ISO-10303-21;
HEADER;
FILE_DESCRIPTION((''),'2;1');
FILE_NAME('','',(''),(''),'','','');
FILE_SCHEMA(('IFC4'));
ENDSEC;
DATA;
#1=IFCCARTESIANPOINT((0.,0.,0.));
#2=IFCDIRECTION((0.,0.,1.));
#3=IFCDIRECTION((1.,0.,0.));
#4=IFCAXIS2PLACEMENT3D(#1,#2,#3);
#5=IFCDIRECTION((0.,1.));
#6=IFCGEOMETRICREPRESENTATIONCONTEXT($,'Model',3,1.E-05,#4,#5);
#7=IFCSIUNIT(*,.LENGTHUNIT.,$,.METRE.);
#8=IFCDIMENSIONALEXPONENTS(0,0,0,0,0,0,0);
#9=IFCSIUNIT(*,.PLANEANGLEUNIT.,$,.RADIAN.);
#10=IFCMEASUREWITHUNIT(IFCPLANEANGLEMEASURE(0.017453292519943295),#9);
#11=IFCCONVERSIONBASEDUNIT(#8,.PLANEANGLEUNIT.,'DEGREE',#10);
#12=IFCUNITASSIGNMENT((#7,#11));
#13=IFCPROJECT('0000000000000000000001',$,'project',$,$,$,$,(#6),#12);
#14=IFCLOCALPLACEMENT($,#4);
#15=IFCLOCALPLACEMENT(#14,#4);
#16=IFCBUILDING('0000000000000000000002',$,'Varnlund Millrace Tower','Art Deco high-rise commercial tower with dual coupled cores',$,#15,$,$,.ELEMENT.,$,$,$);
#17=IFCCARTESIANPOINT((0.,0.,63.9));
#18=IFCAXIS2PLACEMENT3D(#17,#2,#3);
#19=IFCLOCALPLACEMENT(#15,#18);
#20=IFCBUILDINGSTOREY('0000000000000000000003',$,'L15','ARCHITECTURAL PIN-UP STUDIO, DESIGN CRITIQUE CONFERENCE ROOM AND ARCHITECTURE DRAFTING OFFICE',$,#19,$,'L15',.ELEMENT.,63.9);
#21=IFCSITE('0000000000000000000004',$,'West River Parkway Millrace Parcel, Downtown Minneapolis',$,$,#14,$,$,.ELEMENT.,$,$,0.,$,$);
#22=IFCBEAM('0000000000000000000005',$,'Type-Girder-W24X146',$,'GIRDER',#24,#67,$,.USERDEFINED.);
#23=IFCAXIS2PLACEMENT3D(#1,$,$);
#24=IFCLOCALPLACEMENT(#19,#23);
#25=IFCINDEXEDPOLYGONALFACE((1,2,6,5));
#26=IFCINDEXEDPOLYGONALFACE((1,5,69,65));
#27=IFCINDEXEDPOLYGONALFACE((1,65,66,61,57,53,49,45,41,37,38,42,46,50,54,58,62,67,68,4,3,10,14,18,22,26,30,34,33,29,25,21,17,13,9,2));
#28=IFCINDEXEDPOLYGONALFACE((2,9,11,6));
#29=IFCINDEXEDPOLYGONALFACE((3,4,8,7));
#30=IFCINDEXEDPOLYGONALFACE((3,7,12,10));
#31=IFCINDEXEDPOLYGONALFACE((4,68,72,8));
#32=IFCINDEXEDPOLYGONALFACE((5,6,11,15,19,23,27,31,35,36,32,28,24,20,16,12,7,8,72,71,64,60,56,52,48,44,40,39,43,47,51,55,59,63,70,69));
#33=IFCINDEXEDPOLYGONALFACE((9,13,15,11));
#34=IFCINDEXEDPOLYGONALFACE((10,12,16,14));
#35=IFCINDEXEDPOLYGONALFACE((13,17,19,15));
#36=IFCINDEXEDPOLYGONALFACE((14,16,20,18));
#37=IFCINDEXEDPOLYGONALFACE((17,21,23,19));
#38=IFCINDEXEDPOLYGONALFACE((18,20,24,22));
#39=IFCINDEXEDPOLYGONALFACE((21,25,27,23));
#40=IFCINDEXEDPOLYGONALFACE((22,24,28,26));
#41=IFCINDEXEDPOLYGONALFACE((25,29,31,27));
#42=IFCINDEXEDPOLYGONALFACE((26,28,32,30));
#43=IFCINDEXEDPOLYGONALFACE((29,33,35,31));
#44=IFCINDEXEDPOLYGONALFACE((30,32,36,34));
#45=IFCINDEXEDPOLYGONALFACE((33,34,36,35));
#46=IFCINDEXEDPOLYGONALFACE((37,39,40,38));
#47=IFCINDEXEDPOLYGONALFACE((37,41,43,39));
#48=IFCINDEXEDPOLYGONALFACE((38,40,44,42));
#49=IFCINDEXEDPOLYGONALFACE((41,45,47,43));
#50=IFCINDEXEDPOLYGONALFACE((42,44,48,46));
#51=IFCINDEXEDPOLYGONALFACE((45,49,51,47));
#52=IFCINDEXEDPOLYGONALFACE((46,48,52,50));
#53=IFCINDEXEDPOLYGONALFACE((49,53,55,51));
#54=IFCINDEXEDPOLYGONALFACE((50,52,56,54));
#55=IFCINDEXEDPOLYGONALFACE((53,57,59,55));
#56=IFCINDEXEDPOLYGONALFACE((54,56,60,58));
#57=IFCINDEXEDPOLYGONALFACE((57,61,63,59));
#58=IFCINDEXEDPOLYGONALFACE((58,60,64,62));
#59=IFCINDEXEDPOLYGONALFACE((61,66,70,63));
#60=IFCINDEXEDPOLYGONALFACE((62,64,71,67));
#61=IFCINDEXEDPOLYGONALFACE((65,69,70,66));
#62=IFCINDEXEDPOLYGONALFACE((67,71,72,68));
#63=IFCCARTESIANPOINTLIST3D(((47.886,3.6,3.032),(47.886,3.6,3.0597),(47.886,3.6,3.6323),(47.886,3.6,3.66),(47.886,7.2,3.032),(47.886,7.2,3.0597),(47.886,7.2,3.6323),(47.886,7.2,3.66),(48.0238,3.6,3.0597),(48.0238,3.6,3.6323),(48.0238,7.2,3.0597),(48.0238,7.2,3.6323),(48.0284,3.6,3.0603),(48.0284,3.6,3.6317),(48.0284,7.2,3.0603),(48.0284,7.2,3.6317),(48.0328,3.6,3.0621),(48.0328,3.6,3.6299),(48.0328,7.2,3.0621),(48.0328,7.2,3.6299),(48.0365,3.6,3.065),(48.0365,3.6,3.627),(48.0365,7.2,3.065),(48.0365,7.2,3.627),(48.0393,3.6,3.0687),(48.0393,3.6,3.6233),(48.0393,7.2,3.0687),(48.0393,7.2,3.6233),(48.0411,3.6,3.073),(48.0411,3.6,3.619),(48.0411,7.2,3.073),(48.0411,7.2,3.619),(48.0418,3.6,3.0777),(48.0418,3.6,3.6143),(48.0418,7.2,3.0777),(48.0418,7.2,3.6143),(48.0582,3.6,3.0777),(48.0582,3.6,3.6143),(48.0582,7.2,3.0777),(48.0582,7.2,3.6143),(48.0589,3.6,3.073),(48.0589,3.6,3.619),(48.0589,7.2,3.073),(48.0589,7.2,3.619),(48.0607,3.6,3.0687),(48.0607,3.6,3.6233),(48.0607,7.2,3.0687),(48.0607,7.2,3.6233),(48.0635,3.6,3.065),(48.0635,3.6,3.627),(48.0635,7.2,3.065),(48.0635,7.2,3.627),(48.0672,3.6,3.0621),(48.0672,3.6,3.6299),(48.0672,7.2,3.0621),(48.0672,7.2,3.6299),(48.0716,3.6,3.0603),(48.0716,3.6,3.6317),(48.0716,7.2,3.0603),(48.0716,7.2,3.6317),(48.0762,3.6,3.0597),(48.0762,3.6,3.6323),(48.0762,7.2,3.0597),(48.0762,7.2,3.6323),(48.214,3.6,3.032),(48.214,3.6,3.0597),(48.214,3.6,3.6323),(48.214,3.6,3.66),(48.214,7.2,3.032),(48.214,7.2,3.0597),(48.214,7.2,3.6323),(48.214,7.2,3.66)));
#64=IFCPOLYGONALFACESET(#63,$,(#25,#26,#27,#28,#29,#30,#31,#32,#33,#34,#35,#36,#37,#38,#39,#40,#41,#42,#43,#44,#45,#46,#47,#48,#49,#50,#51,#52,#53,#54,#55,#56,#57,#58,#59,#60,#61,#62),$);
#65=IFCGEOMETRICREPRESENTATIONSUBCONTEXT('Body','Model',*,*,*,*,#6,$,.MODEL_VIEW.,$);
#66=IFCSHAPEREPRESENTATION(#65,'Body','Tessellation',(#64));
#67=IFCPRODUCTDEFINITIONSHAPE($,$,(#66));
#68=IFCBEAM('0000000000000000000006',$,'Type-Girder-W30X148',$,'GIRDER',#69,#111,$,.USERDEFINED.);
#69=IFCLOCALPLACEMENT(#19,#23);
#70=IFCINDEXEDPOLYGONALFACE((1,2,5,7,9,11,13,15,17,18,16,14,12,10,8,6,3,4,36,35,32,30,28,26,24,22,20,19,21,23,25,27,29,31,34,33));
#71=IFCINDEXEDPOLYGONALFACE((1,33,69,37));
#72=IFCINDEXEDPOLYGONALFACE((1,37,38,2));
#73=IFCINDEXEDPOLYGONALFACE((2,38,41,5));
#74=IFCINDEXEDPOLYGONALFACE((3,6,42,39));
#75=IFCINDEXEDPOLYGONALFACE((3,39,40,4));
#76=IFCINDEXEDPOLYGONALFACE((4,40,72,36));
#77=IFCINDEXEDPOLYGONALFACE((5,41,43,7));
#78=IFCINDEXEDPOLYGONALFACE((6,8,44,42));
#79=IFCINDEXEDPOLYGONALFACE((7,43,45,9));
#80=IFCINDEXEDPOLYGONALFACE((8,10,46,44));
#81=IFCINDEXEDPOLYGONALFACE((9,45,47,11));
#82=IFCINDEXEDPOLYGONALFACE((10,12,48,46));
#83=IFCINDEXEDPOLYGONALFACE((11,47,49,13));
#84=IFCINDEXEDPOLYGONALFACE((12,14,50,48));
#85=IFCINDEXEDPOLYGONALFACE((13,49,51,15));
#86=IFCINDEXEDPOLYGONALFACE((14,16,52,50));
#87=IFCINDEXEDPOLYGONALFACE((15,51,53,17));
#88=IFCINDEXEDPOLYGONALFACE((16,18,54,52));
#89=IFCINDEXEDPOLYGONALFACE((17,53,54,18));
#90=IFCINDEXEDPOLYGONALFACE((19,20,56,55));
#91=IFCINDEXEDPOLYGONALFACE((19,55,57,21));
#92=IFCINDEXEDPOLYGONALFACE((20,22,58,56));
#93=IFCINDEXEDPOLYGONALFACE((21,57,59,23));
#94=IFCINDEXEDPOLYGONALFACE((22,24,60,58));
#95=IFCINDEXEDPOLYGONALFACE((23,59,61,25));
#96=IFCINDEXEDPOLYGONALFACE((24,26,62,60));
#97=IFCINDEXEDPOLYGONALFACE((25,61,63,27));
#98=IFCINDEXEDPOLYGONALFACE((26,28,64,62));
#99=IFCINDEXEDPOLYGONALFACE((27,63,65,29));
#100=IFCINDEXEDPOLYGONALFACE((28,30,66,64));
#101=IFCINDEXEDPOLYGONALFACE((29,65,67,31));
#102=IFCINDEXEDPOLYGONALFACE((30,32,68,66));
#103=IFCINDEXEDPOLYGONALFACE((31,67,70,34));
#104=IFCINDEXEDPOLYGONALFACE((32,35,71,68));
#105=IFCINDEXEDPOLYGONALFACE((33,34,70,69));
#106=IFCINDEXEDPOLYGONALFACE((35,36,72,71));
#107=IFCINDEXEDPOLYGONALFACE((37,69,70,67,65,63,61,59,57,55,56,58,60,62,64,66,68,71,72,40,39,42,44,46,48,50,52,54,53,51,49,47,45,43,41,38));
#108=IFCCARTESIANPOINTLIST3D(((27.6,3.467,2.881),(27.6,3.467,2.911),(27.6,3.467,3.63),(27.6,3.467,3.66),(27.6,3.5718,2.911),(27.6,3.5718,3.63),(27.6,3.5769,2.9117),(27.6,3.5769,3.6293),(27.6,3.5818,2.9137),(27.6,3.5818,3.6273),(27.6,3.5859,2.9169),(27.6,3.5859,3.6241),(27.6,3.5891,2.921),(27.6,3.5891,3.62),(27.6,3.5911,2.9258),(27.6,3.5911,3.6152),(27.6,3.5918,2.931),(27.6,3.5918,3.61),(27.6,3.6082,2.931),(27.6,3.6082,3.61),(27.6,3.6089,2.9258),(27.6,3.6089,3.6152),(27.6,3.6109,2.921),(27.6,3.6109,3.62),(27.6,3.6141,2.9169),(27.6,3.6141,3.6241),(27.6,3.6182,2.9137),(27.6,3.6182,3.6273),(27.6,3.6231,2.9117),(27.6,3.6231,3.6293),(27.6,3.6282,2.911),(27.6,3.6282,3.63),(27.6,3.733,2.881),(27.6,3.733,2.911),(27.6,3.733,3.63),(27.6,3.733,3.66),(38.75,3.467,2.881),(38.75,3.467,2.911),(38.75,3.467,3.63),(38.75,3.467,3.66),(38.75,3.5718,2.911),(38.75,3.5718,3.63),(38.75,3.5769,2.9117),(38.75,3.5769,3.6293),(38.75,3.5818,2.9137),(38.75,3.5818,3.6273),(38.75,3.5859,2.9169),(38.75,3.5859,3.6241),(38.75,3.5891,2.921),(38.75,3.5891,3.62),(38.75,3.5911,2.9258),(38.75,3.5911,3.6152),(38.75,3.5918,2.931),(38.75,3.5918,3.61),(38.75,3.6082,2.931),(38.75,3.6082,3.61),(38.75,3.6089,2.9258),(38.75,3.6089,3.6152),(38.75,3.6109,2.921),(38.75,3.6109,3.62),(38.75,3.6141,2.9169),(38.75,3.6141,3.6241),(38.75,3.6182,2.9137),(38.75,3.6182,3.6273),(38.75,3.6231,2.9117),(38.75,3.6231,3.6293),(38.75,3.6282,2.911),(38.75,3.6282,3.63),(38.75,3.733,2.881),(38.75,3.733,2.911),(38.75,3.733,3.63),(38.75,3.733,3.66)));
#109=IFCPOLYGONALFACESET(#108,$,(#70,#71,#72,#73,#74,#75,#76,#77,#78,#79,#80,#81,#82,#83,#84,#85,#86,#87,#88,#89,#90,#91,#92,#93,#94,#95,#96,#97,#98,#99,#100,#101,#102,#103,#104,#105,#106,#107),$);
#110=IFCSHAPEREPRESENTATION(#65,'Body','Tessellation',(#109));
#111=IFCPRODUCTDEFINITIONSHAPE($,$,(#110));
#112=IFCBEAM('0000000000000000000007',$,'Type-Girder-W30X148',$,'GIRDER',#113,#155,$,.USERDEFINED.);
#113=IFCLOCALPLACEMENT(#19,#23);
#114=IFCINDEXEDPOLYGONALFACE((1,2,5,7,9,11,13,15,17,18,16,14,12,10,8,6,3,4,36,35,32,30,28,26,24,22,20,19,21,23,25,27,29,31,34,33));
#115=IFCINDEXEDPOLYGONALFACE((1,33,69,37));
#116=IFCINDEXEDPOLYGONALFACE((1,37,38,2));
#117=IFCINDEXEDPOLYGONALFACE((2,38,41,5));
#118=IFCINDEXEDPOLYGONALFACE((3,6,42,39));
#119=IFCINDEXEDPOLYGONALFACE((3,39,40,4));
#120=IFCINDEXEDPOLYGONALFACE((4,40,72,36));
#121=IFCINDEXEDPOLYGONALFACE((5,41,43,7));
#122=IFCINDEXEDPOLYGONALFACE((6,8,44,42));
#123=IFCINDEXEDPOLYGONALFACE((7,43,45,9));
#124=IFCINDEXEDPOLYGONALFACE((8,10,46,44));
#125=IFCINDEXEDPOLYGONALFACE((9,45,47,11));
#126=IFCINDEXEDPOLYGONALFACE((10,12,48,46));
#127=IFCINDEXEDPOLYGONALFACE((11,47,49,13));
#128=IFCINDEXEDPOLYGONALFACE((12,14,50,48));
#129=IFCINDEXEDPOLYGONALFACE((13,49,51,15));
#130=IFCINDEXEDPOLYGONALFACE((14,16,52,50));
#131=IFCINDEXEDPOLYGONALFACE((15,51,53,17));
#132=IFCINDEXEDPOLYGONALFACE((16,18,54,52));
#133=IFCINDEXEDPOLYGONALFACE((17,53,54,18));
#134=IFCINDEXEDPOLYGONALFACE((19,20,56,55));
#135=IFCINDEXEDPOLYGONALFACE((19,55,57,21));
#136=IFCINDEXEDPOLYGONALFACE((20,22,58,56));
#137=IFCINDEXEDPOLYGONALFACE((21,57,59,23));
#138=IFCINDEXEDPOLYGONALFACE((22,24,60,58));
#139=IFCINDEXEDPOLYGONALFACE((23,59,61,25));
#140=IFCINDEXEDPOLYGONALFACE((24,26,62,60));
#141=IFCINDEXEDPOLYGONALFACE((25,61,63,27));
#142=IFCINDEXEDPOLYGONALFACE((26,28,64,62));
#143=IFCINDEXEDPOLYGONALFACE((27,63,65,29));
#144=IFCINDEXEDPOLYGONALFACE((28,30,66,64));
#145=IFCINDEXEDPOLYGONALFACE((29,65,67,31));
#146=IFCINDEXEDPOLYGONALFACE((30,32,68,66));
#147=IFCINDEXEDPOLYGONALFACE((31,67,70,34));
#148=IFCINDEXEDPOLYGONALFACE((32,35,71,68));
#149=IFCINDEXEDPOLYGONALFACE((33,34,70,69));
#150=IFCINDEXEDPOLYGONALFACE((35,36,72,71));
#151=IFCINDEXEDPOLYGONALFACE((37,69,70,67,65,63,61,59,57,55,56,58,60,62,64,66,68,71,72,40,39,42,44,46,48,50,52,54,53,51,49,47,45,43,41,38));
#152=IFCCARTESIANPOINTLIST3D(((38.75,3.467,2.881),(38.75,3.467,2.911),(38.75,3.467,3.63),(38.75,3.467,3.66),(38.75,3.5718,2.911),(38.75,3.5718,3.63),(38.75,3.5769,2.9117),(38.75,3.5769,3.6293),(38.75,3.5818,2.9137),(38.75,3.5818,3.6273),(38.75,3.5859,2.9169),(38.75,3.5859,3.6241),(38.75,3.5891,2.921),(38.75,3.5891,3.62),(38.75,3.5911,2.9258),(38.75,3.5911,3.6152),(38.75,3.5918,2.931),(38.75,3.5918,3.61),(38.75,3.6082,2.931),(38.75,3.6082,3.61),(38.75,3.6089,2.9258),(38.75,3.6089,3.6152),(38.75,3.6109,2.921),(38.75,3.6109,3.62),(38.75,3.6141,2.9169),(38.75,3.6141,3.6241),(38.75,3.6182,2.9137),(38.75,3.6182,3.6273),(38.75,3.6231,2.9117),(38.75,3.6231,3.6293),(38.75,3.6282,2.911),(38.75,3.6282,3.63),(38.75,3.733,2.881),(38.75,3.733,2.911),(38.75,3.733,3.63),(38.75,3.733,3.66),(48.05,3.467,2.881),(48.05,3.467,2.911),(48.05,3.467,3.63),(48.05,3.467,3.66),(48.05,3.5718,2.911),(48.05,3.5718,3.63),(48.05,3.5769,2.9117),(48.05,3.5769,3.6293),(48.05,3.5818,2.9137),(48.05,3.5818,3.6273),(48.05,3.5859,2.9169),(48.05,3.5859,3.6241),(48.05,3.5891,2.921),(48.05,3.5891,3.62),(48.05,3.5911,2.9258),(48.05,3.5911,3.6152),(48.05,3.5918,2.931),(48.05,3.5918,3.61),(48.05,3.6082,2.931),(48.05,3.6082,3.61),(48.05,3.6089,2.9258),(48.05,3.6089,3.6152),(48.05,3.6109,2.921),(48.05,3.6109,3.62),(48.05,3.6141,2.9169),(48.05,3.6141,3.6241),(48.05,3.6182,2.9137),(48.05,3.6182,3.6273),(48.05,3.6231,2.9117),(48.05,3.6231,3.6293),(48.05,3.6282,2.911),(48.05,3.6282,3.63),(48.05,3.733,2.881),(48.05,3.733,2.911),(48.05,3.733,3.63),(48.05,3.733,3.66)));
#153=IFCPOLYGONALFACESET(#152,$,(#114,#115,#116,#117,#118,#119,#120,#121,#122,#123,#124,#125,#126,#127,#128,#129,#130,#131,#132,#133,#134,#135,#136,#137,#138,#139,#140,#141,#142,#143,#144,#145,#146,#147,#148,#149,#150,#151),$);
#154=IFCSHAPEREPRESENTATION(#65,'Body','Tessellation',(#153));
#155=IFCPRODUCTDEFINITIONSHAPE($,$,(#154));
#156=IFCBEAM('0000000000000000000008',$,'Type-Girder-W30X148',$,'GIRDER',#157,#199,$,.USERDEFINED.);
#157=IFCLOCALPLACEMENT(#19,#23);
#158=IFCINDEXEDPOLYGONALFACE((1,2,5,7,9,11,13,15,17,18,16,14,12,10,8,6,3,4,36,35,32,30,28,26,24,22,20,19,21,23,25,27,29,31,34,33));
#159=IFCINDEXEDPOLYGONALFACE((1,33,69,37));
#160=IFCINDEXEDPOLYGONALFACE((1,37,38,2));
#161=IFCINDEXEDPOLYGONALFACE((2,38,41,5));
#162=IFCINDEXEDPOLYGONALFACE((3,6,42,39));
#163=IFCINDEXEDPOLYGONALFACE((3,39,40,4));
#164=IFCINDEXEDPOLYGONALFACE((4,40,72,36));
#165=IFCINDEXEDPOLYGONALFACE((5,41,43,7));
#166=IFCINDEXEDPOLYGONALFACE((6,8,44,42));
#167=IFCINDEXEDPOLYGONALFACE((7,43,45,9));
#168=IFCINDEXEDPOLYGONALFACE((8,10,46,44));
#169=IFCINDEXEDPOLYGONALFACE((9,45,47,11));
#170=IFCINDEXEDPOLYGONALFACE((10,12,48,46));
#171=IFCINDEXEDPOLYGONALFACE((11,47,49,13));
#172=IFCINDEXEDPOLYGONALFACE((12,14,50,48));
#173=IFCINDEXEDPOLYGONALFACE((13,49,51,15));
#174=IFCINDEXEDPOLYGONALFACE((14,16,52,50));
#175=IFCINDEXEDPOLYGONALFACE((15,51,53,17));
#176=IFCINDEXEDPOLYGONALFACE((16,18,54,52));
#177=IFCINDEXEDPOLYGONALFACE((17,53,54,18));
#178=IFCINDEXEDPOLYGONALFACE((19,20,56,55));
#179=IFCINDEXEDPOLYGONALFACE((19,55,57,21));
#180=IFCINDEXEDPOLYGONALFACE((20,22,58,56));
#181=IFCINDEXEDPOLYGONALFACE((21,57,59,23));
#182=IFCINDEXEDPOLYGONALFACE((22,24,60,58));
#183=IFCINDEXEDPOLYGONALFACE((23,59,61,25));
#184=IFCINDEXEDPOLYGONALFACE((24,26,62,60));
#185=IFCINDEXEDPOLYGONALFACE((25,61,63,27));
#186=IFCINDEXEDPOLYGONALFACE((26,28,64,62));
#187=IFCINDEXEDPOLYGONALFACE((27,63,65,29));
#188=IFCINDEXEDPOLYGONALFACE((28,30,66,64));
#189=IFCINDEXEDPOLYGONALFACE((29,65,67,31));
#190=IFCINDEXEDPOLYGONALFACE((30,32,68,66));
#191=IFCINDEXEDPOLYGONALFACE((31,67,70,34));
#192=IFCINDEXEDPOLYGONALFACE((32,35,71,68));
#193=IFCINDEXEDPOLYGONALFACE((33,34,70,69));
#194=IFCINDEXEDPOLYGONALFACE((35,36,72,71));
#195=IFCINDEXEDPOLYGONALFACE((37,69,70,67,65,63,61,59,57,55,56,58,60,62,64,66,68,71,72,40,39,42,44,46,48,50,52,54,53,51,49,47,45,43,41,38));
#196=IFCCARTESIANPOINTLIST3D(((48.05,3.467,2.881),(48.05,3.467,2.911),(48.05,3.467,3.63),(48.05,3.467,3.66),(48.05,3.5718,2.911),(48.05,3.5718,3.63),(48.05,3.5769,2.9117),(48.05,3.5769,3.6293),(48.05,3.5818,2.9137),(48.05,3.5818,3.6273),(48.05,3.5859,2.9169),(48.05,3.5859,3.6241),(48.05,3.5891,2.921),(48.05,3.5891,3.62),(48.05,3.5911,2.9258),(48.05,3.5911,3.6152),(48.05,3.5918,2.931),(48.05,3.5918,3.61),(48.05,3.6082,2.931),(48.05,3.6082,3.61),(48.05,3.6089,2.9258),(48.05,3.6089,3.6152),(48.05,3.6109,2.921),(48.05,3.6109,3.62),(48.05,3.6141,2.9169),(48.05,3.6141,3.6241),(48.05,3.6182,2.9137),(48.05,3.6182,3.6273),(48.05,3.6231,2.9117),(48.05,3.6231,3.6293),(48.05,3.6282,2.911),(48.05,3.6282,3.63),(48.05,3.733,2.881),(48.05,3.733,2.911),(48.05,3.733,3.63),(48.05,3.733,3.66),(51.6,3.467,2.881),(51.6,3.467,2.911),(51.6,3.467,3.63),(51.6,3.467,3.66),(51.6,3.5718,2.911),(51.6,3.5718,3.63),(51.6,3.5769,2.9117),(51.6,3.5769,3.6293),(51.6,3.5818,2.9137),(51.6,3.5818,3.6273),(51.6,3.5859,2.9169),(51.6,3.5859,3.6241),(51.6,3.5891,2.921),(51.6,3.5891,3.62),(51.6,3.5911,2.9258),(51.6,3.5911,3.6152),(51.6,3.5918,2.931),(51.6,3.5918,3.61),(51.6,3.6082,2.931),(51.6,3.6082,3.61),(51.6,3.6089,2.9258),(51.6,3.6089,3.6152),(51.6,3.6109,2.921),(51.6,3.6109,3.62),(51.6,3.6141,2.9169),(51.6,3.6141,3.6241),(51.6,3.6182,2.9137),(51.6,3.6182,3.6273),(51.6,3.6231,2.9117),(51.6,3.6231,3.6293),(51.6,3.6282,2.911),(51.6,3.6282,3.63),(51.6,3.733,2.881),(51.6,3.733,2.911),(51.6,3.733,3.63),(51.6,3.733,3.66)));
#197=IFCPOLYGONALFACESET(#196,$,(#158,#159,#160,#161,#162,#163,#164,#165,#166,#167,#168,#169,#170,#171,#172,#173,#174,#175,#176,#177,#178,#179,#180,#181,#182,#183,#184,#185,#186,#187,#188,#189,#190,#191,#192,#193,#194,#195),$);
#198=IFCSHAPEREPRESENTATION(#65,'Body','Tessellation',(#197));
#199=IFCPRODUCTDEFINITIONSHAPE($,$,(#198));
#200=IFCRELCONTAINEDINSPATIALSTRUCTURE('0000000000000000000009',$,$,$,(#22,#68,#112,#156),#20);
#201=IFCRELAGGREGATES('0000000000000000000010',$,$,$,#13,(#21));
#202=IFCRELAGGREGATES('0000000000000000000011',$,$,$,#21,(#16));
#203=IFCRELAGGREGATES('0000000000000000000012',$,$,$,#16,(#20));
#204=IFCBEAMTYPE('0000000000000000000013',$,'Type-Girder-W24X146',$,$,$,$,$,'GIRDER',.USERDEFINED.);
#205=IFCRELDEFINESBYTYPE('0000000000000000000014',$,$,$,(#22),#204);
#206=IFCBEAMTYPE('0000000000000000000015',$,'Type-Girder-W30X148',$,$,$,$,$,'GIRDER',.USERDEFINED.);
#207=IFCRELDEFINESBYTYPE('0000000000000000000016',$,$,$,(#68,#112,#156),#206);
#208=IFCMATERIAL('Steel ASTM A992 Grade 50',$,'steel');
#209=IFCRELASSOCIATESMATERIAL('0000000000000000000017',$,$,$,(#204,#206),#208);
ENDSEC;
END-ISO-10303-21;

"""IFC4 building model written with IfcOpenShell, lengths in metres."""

from ifc_helpers import new_model, entity, si_unit, converted_unit, direction, frame, origin_with_axes, origin_2d_with_axis, place, context, subcontext, project, spatial, i_section, extrude, material, material_profile, profile_set, type_object, element, save


model = new_model("IFC4")

# Units and contexts
model_context = context("Model", 3, precision=1e-05, world=origin_with_axes(), true_north=direction((0.0, 1.0)))
body_context = subcontext(model_context, "Body", "Model", "MODEL_VIEW")
ifc_project = project(units=[si_unit("LENGTHUNIT", "METRE"), converted_unit("PLANEANGLEUNIT", "DEGREE", entity("IfcPlaneAngleMeasure", 0.017453292519943295), si_unit("PLANEANGLEUNIT", "RADIAN"), dimensions=[0, 0, 0, 0, 0, 0, 0])], contexts=[model_context])

# Site, building, storey
site_placement = place(None, origin_with_axes())
site = spatial("IfcSite", under=ifc_project, at=site_placement, Name="West River Parkway Millrace Parcel, Downtown Minneapolis", CompositionType="ELEMENT", RefElevation=0.0)
building_placement = place(site_placement, origin_with_axes())
building = spatial("IfcBuilding", under=site, at=building_placement, Name="Varnlund Millrace Tower", Description="Art Deco high-rise commercial tower with dual coupled cores", CompositionType="ELEMENT")
storey_placement = place(building_placement, frame((0.0, 0.0, 63.9), z_axis=(0.0, 0.0, 1.0), x_axis=(1.0, 0.0, 0.0)))
storey = spatial("IfcBuildingStorey", under=building, at=storey_placement, Name="L15", Description="ARCHITECTURAL PIN-UP STUDIO, DESIGN CRITIQUE CONFERENCE ROOM AND ARCHITECTURE DRAFTING OFFICE", LongName="L15", CompositionType="ELEMENT", Elevation=63.9)

# Beams
ifc_material_1 = material(Name="Steel ASTM A992 Grade 50", Category="steel")
ifc_material_profile_1 = material_profile(ifc_material_1, i_section(OverallWidth=0.328, OverallDepth=0.628, WebThickness=0.0165, FlangeThickness=0.0277, FilletRadius=0.018, at=origin_2d_with_axis()), Name="Steel ASTM A992 Grade 50")
ifc_profile_set_1 = profile_set([ifc_material_profile_1], Name="Steel ASTM A992 Grade 50")
beam_type_1 = type_object("IfcBeamType", Name="Type-Girder-W24X146", ElementType="GIRDER", PredefinedType="USERDEFINED", material=ifc_profile_set_1)
beam_1_placement = place(storey_placement, frame((48.05, 3.6, 3.346), z_axis=(0.0, 1.0, 0.0), x_axis=(-1.0, 0.0, 0.0)))
element("IfcBeam", 1, at=beam_1_placement, inside=storey, type_object=beam_type_1, Name="Type-Girder-W24X146", ObjectType="GIRDER", PredefinedType="USERDEFINED", context=body_context, shape_type="SweptSolid", body=[
    extrude(i_section(OverallWidth=0.328, OverallDepth=0.628, WebThickness=0.0165, FlangeThickness=0.0277, FilletRadius=0.018, at=origin_2d_with_axis()), origin_with_axes(), (0.0, 0.0, 1.0), 3.6),
])
ifc_material_profile_2 = material_profile(ifc_material_1, i_section(OverallWidth=0.266, OverallDepth=0.779, WebThickness=0.0165, FlangeThickness=0.03, FilletRadius=0.02, at=origin_2d_with_axis()), Name="Steel ASTM A992 Grade 50")
ifc_profile_set_2 = profile_set([ifc_material_profile_2], Name="Steel ASTM A992 Grade 50")
beam_type_2 = type_object("IfcBeamType", Name="Type-Girder-W30X148", ElementType="GIRDER", PredefinedType="USERDEFINED", material=ifc_profile_set_2)
beam_2_placement = place(storey_placement, frame((27.6, 3.6, 3.2705), z_axis=(1.0, 0.0, 0.0), x_axis=(0.0, 1.0, 0.0)))
element("IfcBeam", 2, at=beam_2_placement, inside=storey, type_object=beam_type_2, Name="Type-Girder-W30X148", ObjectType="GIRDER", PredefinedType="USERDEFINED", context=body_context, shape_type="SweptSolid", body=[
    extrude(i_section(OverallWidth=0.266, OverallDepth=0.779, WebThickness=0.0165, FlangeThickness=0.03, FilletRadius=0.02, at=origin_2d_with_axis()), origin_with_axes(), (0.0, 0.0, 1.0), 11.15),
])
beam_3_placement = place(storey_placement, frame((38.75, 3.6, 3.2705), z_axis=(1.0, 0.0, 0.0), x_axis=(0.0, 1.0, 0.0)))
element("IfcBeam", 3, at=beam_3_placement, inside=storey, type_object=beam_type_2, Name="Type-Girder-W30X148", ObjectType="GIRDER", PredefinedType="USERDEFINED", context=body_context, shape_type="SweptSolid", body=[
    extrude(i_section(OverallWidth=0.266, OverallDepth=0.779, WebThickness=0.0165, FlangeThickness=0.03, FilletRadius=0.02, at=origin_2d_with_axis()), origin_with_axes(), (0.0, 0.0, 1.0), 9.3),
])
beam_4_placement = place(storey_placement, frame((48.05, 3.6, 3.2705), z_axis=(1.0, 0.0, 0.0), x_axis=(0.0, 1.0, 0.0)))
element("IfcBeam", 4, at=beam_4_placement, inside=storey, type_object=beam_type_2, Name="Type-Girder-W30X148", ObjectType="GIRDER", PredefinedType="USERDEFINED", context=body_context, shape_type="SweptSolid", body=[
    extrude(i_section(OverallWidth=0.266, OverallDepth=0.779, WebThickness=0.0165, FlangeThickness=0.03, FilletRadius=0.02, at=origin_2d_with_axis()), origin_with_axes(), (0.0, 0.0, 1.0), 3.55),
])

save(model, "model.ifc")
